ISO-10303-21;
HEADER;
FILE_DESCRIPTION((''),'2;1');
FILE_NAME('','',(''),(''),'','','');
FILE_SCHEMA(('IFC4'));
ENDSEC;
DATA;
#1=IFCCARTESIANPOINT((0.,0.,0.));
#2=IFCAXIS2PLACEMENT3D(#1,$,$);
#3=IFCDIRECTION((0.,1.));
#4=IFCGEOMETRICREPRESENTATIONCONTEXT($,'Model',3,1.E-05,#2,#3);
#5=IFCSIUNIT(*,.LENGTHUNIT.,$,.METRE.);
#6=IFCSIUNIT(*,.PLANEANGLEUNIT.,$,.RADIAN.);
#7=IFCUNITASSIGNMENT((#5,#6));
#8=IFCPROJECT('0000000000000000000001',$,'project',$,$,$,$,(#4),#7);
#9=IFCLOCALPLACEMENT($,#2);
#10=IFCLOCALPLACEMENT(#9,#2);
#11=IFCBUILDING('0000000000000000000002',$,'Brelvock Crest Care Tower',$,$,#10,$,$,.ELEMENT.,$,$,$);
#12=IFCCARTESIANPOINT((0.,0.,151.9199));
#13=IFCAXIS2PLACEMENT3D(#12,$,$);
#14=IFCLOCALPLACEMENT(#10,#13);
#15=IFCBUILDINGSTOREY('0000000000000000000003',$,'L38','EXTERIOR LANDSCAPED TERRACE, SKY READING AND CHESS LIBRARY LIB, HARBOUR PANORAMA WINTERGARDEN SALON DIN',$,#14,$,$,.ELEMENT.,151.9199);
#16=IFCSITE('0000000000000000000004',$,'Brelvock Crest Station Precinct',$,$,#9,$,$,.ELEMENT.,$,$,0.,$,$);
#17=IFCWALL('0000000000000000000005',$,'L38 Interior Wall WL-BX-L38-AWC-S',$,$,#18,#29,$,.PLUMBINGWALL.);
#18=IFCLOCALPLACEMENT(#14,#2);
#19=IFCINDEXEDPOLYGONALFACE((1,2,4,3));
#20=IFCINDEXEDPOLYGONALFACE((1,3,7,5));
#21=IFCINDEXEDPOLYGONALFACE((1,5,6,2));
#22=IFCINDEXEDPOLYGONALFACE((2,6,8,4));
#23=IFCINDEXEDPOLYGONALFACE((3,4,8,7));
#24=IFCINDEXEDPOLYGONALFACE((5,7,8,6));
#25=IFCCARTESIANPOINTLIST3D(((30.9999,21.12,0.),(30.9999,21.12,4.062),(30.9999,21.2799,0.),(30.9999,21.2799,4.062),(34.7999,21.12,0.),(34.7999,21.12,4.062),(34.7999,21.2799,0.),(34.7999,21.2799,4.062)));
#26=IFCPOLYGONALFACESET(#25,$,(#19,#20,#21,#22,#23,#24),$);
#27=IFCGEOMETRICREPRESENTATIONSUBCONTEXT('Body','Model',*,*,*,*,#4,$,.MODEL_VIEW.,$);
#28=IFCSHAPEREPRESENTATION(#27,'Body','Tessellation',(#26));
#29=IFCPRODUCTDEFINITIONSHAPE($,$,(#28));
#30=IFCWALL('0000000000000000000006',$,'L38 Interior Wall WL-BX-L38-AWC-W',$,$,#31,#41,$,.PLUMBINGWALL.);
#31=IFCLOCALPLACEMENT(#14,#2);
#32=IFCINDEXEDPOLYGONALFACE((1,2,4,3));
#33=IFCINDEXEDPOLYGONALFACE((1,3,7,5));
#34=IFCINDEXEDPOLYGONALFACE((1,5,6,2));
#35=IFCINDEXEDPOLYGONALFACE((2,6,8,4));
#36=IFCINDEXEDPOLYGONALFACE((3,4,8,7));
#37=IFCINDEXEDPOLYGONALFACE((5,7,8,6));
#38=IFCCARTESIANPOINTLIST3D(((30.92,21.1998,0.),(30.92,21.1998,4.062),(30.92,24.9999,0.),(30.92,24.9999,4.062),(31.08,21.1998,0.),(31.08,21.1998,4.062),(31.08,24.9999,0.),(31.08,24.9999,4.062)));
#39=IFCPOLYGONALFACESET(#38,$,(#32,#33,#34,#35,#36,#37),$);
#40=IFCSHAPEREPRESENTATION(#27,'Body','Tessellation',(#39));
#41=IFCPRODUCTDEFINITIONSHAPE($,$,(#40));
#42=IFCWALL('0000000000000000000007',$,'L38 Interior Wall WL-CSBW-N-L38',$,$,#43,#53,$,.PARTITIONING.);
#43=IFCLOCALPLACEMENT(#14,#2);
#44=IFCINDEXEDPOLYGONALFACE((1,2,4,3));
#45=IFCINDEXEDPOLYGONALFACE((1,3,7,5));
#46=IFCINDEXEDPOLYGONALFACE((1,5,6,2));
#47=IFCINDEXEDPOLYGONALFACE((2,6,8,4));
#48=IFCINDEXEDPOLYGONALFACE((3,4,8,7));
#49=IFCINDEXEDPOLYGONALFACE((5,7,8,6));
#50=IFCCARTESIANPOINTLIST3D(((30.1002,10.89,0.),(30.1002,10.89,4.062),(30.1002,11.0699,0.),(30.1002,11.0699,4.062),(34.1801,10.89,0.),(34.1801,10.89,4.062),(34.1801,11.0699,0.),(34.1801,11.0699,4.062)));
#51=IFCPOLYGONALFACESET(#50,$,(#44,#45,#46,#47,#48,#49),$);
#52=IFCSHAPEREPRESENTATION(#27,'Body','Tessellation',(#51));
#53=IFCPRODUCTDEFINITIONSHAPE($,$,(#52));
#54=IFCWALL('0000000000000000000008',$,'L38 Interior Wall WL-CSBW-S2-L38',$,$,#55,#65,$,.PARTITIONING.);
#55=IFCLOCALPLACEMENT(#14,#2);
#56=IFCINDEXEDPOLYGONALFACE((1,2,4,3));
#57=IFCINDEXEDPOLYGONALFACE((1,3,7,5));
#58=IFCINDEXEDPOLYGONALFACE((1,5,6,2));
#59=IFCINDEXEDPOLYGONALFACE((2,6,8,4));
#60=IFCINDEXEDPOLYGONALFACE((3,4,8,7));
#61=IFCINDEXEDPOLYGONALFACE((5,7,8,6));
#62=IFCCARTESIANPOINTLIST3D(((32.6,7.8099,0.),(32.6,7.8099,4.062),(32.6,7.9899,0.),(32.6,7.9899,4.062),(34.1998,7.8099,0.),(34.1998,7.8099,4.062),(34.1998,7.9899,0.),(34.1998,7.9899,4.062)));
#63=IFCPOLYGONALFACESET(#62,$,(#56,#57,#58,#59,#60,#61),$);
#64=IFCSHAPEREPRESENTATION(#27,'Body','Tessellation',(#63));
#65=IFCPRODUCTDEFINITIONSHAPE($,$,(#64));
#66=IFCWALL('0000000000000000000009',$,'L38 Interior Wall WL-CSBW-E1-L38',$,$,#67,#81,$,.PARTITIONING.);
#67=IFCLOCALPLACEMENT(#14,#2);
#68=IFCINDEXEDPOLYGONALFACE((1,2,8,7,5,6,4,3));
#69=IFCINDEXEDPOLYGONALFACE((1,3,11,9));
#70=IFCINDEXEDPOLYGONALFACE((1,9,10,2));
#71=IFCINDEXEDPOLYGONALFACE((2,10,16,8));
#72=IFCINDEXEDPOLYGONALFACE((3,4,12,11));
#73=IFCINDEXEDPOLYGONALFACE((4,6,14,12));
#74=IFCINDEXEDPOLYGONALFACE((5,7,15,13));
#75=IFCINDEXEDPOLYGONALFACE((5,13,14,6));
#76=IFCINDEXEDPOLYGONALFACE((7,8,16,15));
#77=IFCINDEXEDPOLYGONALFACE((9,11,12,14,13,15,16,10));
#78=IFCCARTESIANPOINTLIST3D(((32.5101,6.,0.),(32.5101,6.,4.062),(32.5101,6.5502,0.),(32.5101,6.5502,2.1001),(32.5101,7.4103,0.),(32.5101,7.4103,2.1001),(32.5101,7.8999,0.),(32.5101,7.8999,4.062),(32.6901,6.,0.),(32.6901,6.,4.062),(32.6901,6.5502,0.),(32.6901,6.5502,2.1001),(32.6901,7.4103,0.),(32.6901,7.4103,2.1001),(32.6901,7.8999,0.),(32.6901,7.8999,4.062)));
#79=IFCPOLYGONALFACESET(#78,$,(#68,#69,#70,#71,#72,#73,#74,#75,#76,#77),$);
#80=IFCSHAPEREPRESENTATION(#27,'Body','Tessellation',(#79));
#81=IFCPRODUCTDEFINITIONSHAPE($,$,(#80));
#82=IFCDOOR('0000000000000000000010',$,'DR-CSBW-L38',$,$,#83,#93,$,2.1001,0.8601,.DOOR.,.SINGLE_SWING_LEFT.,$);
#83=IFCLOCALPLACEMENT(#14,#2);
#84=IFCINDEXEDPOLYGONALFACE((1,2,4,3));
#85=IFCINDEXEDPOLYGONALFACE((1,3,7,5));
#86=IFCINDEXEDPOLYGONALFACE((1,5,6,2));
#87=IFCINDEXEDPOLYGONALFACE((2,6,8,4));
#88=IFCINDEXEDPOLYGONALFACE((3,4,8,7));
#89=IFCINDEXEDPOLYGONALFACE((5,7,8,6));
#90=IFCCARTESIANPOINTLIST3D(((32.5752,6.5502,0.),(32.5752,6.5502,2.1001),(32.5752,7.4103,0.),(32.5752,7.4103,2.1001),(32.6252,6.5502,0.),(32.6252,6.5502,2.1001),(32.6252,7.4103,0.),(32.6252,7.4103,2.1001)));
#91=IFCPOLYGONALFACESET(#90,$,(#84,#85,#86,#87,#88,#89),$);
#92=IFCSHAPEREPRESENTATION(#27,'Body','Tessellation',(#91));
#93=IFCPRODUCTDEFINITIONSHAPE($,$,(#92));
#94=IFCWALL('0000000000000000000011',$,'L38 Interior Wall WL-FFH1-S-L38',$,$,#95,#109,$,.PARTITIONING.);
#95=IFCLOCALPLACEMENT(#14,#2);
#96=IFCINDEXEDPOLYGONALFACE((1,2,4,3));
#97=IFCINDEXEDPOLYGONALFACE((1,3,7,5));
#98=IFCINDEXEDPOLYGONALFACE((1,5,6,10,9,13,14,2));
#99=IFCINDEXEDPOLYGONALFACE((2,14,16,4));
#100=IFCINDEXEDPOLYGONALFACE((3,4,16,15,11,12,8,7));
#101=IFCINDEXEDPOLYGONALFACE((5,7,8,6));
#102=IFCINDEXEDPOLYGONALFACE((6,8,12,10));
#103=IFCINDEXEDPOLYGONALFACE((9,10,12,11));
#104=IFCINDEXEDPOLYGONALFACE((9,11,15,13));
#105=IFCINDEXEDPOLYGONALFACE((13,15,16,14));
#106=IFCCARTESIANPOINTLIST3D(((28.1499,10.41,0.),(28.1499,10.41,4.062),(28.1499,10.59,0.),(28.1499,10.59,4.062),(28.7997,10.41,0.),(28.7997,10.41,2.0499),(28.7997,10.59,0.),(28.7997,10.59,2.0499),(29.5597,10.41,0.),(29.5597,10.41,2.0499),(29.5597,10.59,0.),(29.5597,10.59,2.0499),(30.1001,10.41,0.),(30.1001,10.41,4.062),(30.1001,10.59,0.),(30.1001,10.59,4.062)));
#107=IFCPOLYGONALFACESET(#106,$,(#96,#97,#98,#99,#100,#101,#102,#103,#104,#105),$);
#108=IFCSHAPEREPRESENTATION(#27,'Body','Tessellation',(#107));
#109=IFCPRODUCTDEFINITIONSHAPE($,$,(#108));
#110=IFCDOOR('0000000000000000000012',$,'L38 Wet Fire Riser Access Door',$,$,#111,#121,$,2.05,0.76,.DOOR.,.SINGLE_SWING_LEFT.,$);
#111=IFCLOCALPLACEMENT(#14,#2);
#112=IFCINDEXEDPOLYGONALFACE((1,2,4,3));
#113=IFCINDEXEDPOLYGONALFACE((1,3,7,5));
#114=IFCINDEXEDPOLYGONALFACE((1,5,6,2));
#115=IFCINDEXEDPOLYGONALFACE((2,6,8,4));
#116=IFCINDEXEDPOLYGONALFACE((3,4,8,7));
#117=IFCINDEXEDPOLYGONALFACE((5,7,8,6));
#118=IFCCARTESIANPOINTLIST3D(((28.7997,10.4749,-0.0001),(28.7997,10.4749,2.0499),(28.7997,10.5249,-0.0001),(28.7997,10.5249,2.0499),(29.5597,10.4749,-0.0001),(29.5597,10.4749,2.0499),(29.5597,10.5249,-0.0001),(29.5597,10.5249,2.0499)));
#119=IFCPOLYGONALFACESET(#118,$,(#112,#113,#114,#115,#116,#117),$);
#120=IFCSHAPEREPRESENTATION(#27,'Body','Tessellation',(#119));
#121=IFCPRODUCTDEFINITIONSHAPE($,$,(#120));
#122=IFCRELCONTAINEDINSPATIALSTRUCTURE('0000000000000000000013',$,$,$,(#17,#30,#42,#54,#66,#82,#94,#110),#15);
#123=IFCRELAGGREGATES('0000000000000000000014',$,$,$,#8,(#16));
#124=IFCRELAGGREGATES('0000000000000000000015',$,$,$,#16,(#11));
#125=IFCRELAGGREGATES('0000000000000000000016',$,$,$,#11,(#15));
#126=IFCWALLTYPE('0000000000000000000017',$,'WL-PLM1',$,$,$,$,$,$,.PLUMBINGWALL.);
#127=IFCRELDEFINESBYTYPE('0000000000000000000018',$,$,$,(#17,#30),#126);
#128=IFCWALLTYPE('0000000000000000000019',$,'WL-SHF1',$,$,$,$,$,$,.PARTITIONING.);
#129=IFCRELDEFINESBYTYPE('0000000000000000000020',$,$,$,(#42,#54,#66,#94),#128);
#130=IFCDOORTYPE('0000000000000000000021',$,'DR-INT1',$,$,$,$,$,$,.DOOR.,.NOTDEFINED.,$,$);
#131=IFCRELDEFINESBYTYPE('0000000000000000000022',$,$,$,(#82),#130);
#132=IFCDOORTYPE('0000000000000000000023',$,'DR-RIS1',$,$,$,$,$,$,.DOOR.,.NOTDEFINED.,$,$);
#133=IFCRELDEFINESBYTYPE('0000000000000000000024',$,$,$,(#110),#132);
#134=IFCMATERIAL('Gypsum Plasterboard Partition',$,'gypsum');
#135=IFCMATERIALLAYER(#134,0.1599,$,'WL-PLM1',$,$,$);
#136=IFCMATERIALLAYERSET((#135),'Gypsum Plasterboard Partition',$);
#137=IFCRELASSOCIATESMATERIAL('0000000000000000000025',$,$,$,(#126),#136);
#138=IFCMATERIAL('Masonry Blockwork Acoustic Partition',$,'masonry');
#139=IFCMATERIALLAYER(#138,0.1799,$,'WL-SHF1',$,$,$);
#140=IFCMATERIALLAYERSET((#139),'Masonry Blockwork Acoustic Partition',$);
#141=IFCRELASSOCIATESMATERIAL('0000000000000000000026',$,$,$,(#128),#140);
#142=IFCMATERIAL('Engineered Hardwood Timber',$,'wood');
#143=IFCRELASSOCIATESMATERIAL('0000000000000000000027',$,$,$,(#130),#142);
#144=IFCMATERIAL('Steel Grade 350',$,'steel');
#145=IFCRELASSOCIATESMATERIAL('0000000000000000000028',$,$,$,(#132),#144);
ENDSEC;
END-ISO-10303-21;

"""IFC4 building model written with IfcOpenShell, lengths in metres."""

from ifc_helpers import new_model, si_unit, direction, frame, frame_2d, origin, origin_2d, place, context, subcontext, project, spatial, rectangle, extrude, source, transform, mapped, material, layer, layer_set, type_object, element, fill, save


model = new_model("IFC4")

# Units and contexts
model_context = context("Model", 3, precision=1e-05, world=origin(), true_north=direction((0.0, 1.0)))
body_context = subcontext(model_context, "Body", "Model", "MODEL_VIEW")
ifc_project = project(units=[si_unit("LENGTHUNIT", "METRE"), si_unit("PLANEANGLEUNIT", "RADIAN")], contexts=[model_context])

# Site, building, storey
site_placement = place(None, origin())
site = spatial("IfcSite", under=ifc_project, at=site_placement, Name="Brelvock Crest Station Precinct", CompositionType="ELEMENT", RefElevation=0.0)
building_placement = place(site_placement, origin())
building = spatial("IfcBuilding", under=site, at=building_placement, Name="Brelvock Crest Care Tower", CompositionType="ELEMENT")
storey_placement = place(building_placement, frame((0.0, 0.0, 151.9199)))
storey = spatial("IfcBuildingStorey", under=building, at=storey_placement, Name="L38", Description="EXTERIOR LANDSCAPED TERRACE, SKY READING AND CHESS LIBRARY LIB, HARBOUR PANORAMA WINTERGARDEN SALON DIN", CompositionType="ELEMENT", Elevation=151.9199)

# Shared definitions
ifc_material_1 = material(Name="Steel Grade 350", Category="steel")

# Walls
ifc_material_2 = material(Name="Gypsum Plasterboard Partition", Category="gypsum")
ifc_layer_1 = layer(ifc_material_2, 0.1599, Name="WL-PLM1")
ifc_layer_set_1 = layer_set([ifc_layer_1], Name="Gypsum Plasterboard Partition")
wall_type_1 = type_object("IfcWallType", Name="WL-PLM1", PredefinedType="PLUMBINGWALL", material=ifc_layer_set_1)
for number, where, z_axis, x_axis, name in (
    (1, (31.0, 21.2, 0.0), (0.0, 0.0, 1.0), (1.0, 0.0, 0.0), "L38 Interior Wall WL-BX-L38-AWC-S"),
    (2, (31.0, 21.2, 0.0), (0.0, 0.0, 1.0), (0.0, 1.0, 0.0), "L38 Interior Wall WL-BX-L38-AWC-W"),
):
    element("IfcWall", number, at=place(storey_placement, frame(where, z_axis=z_axis, x_axis=x_axis)), inside=storey, type_object=wall_type_1, Name=name, PredefinedType="PLUMBINGWALL", context=body_context, shape_type="SweptSolid", body=[
        extrude(rectangle(XDim=3.8, YDim=0.1599, at=frame_2d((1.8999, 0.0))), origin(), (0.0, 0.0, 1.0), 4.062),
    ])
ifc_material_3 = material(Name="Masonry Blockwork Acoustic Partition", Category="masonry")
ifc_layer_2 = layer(ifc_material_3, 0.1799, Name="WL-SHF1")
ifc_layer_set_2 = layer_set([ifc_layer_2], Name="Masonry Blockwork Acoustic Partition")
wall_type_2 = type_object("IfcWallType", Name="WL-SHF1", PredefinedType="PARTITIONING", material=ifc_layer_set_2)
wall_1_placement = place(storey_placement, frame((30.1001, 10.98, 0.0), z_axis=(0.0, 0.0, 1.0), x_axis=(1.0, 0.0, 0.0)))
element("IfcWall", 3, at=wall_1_placement, inside=storey, type_object=wall_type_2, Name="L38 Interior Wall WL-CSBW-N-L38", PredefinedType="PARTITIONING", context=body_context, shape_type="SweptSolid", body=[
    extrude(rectangle(XDim=4.0798, YDim=0.1799, at=frame_2d((2.04, 0.0))), origin(), (0.0, 0.0, 1.0), 4.062),
])
wall_2_placement = place(storey_placement, frame((32.6001, 7.8999, 0.0), z_axis=(0.0, 0.0, 1.0), x_axis=(1.0, 0.0, 0.0)))
element("IfcWall", 4, at=wall_2_placement, inside=storey, type_object=wall_type_2, Name="L38 Interior Wall WL-CSBW-S2-L38", PredefinedType="PARTITIONING", context=body_context, shape_type="SweptSolid", body=[
    extrude(rectangle(XDim=1.5999, YDim=0.1799, at=frame_2d((0.7998, 0.0))), origin(), (0.0, 0.0, 1.0), 4.062),
])

# Walls, openings, doors
wall_3_placement = place(storey_placement, frame((32.6001, 6.0, 0.0), z_axis=(0.0, 0.0, 1.0), x_axis=(0.0, 1.0, 0.0)))
wall_3 = element("IfcWall", 5, at=wall_3_placement, inside=storey, type_object=wall_type_2, Name="L38 Interior Wall WL-CSBW-E1-L38", PredefinedType="PARTITIONING", context=body_context, shape_type="SweptSolid", body=[
    extrude(rectangle(XDim=1.8999, YDim=0.1799, at=frame_2d((0.95, 0.0))), origin(), (0.0, 0.0, 1.0), 4.062),
])
opening_1_placement = place(wall_3_placement, frame((0.55, 0.0, 0.0)))
opening_1 = element("IfcOpeningElement", 6, at=opening_1_placement, cuts=wall_3, PredefinedType="OPENING", context=body_context, shape_type="SweptSolid", body=[
    extrude(rectangle(XDim=0.8601, YDim=2.1001, at=origin_2d()), frame((0.4302, 0.1001, 1.05), z_axis=(0.0, -1.0, 0.0), x_axis=(1.0, 0.0, 0.0)), (0.0, 0.0, 1.0), 0.2),
])
ifc_material_4 = material(Name="Engineered Hardwood Timber", Category="wood")
door_type_1 = type_object("IfcDoorType", Name="DR-INT1", OperationType="NOTDEFINED", PredefinedType="DOOR", material=ifc_material_4)
shared_shape_1 = source(origin(), body_context, "Body", "SweptSolid", [
    extrude(rectangle(XDim=0.8601, YDim=2.1001, at=origin_2d()), frame((0.4302, 0.0249, 1.05), z_axis=(0.0, -1.0, 0.0), x_axis=(1.0, 0.0, 0.0)), (0.0, 0.0, 1.0), 0.05),
])
door_1_placement = place(opening_1_placement, origin())
door_1 = element("IfcDoor", 7, at=door_1_placement, inside=storey, type_object=door_type_1, Name="DR-CSBW-L38", OperationType="SINGLE_SWING_LEFT", OverallHeight=2.1001, OverallWidth=0.8601, PredefinedType="DOOR", context=body_context, shape_type="MappedRepresentation", body=[
    mapped(shared_shape_1, transform((0.0, 0.0, 0.0), x_axis=(1.0, 0.0, 0.0), y_axis=(0.0, 1.0, 0.0), z_axis=(0.0, 0.0, 1.0), scale=1.0)),
])
fill(opening_1, door_1)
wall_4_placement = place(storey_placement, frame((28.1499, 10.5, 0.0), z_axis=(0.0, 0.0, 1.0), x_axis=(1.0, 0.0, 0.0)))
wall_4 = element("IfcWall", 8, at=wall_4_placement, inside=storey, type_object=wall_type_2, Name="L38 Interior Wall WL-FFH1-S-L38", PredefinedType="PARTITIONING", context=body_context, shape_type="SweptSolid", body=[
    extrude(rectangle(XDim=1.9502, YDim=0.1799, at=frame_2d((0.9751, 0.0))), origin(), (0.0, 0.0, 1.0), 4.062),
])
opening_2_placement = place(wall_4_placement, frame((0.6499, 0.0, 0.0)))
opening_2 = element("IfcOpeningElement", 9, at=opening_2_placement, cuts=wall_4, PredefinedType="OPENING", context=body_context, shape_type="SweptSolid", body=[
    extrude(rectangle(XDim=0.76, YDim=2.05, at=origin_2d()), frame((0.3799, 0.1001, 1.0249), z_axis=(0.0, -1.0, 0.0), x_axis=(1.0, 0.0, 0.0)), (0.0, 0.0, 1.0), 0.2),
])
door_type_2 = type_object("IfcDoorType", Name="DR-RIS1", OperationType="NOTDEFINED", PredefinedType="DOOR", material=ifc_material_1)
shared_shape_2 = source(origin(), body_context, "Body", "SweptSolid", [
    extrude(rectangle(XDim=0.76, YDim=2.05, at=origin_2d()), frame((0.3799, 0.0249, 1.0249), z_axis=(0.0, -1.0, 0.0), x_axis=(1.0, 0.0, 0.0)), (0.0, 0.0, 1.0), 0.05),
])
door_2_placement = place(opening_2_placement, origin())
door_2 = element("IfcDoor", 10, at=door_2_placement, inside=storey, type_object=door_type_2, Name="L38 Wet Fire Riser Access Door", OperationType="SINGLE_SWING_LEFT", OverallHeight=2.05, OverallWidth=0.76, PredefinedType="DOOR", context=body_context, shape_type="MappedRepresentation", body=[
    mapped(shared_shape_2, transform((0.0, 0.0, 0.0), x_axis=(1.0, 0.0, 0.0), y_axis=(0.0, 1.0, 0.0), z_axis=(0.0, 0.0, 1.0), scale=1.0)),
])
fill(opening_2, door_2)

save(model, "model.ifc")
